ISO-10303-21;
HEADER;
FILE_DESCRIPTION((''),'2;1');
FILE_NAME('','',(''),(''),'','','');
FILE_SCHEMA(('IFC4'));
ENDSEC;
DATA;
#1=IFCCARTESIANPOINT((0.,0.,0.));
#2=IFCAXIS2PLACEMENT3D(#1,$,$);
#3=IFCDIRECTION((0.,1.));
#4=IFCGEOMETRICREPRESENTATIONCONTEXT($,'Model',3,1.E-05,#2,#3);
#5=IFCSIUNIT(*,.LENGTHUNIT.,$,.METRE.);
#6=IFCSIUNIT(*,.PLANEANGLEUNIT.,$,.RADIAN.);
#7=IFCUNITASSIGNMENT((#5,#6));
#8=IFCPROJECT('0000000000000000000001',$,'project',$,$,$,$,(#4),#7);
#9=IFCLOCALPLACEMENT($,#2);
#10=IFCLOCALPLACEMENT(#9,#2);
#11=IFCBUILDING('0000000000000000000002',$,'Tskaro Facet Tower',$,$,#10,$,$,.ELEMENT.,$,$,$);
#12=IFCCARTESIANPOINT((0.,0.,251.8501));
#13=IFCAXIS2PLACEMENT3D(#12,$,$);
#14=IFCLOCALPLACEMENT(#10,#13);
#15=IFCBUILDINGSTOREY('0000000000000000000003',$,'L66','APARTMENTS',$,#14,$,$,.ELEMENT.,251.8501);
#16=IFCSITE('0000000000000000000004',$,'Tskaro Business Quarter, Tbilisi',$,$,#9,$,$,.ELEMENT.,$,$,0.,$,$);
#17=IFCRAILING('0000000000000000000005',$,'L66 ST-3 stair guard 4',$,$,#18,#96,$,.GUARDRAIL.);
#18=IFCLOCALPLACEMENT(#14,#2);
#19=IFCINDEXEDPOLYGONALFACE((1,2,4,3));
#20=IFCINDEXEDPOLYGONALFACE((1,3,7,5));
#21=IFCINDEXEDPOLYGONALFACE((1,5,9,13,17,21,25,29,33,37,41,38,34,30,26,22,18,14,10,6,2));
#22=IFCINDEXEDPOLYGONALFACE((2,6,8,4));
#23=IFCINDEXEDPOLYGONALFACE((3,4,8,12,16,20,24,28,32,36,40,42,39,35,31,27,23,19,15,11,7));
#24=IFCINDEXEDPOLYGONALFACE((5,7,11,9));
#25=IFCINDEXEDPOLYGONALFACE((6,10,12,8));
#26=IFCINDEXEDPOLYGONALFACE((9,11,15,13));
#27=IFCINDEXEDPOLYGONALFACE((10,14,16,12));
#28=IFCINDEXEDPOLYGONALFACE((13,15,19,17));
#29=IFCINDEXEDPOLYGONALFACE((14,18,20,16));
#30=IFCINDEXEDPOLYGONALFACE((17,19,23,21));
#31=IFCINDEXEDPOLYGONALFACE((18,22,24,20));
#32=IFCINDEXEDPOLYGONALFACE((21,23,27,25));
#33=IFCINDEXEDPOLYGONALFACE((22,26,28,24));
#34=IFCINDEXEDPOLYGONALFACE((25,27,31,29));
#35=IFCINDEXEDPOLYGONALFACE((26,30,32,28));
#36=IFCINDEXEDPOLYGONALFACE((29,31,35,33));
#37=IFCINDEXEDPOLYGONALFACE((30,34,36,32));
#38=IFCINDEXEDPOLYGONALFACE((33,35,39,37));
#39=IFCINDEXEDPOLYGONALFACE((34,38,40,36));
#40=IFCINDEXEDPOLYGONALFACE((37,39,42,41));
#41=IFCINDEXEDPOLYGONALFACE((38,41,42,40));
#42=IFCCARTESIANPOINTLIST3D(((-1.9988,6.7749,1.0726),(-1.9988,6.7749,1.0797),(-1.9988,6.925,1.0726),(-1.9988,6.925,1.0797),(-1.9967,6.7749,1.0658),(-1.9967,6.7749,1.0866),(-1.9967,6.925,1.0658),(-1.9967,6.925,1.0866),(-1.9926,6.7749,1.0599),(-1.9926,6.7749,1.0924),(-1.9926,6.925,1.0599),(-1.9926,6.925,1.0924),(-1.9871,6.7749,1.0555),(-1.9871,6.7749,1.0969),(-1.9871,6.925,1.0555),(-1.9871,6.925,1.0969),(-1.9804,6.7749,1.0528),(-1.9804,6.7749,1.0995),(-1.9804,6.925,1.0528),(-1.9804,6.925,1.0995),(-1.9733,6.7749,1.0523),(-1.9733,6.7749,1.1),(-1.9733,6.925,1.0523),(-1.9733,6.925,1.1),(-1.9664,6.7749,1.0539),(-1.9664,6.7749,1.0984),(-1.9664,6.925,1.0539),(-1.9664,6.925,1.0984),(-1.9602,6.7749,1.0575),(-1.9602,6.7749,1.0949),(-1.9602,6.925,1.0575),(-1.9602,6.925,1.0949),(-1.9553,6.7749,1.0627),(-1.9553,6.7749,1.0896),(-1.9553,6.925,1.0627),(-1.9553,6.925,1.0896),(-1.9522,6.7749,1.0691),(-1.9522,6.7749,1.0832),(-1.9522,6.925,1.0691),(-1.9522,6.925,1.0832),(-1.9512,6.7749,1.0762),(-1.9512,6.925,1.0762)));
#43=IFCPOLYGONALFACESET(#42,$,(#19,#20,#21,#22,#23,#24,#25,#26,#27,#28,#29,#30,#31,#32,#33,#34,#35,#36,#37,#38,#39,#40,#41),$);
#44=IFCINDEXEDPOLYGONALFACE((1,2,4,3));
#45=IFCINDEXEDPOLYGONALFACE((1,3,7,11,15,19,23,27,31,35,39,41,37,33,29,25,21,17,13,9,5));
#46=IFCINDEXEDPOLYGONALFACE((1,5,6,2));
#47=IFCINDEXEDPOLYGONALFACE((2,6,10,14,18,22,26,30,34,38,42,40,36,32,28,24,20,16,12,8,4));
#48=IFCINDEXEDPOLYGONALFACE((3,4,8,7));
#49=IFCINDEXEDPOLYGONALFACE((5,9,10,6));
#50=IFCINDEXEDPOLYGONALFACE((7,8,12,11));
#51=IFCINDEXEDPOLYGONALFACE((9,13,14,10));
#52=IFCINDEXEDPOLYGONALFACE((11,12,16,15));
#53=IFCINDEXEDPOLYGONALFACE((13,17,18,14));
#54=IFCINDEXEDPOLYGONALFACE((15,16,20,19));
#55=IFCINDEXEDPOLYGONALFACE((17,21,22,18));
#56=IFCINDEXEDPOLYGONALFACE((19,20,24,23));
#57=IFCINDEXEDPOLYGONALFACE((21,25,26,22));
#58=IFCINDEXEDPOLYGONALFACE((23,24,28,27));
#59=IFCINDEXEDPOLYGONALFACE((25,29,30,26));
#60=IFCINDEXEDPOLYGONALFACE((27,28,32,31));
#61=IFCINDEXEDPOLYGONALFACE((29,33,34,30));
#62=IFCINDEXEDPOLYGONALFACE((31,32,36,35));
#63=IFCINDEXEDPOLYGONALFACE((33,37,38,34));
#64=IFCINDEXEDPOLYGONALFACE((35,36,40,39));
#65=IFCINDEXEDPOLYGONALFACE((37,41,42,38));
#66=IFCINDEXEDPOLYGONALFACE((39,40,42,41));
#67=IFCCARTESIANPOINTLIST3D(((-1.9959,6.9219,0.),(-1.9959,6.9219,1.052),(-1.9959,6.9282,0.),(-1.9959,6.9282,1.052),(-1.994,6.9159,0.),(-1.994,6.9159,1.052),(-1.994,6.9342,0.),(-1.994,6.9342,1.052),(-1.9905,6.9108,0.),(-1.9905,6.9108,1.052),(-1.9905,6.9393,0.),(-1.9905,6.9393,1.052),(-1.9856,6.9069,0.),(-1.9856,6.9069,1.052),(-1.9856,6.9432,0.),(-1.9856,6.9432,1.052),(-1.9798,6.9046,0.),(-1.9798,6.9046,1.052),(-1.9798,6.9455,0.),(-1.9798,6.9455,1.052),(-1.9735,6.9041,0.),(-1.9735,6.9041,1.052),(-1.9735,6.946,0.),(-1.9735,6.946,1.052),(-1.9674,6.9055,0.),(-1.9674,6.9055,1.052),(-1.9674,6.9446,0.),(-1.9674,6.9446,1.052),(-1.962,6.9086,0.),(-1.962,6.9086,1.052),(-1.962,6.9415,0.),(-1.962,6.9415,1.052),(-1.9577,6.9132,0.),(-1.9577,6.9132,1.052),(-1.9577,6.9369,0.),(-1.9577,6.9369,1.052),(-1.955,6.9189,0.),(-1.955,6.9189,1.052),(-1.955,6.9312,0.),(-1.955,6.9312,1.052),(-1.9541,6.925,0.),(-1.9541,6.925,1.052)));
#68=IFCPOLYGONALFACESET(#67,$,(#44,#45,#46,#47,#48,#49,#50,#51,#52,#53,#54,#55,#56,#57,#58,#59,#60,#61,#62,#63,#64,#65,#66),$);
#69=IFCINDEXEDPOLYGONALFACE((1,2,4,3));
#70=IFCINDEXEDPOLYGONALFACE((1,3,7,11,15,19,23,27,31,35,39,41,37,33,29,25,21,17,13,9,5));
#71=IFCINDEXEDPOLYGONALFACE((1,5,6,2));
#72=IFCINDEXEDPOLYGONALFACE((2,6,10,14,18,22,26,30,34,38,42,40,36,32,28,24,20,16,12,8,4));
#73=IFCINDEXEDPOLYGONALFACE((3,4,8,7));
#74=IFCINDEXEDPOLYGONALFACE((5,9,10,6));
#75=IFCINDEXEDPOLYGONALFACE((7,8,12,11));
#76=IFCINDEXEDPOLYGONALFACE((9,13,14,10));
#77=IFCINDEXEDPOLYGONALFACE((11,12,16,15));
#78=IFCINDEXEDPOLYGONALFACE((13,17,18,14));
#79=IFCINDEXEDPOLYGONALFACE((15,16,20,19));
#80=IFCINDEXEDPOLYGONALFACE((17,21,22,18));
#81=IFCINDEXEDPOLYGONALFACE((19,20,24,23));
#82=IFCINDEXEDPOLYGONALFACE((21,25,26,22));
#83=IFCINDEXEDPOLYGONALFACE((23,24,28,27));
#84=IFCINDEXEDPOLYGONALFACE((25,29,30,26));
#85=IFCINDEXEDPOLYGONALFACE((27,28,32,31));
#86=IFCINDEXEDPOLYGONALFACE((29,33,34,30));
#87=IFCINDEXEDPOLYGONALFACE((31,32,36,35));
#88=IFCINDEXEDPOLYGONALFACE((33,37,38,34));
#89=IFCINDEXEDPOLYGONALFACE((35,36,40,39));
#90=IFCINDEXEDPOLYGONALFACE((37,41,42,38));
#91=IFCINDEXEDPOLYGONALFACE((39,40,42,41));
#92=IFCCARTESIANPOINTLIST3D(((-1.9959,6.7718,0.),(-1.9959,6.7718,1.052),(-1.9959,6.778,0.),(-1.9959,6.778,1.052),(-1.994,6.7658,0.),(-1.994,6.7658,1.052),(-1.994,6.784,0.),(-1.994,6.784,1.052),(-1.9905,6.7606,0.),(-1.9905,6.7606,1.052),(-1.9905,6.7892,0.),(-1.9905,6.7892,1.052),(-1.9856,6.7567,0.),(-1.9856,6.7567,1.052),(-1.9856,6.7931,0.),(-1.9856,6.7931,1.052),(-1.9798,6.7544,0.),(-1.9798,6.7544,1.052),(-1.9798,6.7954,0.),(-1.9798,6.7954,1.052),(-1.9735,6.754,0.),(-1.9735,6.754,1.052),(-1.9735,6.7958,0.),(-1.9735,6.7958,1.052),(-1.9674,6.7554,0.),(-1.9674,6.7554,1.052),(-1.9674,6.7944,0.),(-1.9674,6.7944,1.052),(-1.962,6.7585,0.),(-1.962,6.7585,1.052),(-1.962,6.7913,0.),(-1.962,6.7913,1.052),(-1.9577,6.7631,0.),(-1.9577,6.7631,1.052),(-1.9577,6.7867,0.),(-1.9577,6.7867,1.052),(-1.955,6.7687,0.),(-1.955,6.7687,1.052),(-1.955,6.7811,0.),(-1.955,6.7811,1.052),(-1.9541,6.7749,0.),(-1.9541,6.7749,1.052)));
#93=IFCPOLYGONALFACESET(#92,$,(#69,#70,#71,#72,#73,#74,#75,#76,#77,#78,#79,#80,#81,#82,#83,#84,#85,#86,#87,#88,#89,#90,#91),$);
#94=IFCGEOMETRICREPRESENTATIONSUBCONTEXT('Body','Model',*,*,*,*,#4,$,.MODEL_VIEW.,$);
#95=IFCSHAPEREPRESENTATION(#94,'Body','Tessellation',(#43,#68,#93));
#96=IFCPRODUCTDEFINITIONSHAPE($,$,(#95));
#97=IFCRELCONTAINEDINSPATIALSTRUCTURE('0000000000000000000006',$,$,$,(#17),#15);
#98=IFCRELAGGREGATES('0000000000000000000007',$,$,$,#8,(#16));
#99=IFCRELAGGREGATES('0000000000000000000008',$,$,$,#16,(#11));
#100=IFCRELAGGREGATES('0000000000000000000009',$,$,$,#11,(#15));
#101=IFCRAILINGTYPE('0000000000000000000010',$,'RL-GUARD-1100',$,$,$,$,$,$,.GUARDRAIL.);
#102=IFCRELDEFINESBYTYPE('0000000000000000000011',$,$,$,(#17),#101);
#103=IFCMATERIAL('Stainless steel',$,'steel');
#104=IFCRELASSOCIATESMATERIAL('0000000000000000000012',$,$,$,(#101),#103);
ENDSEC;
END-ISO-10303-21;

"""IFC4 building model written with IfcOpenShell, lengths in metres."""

from ifc_helpers import new_model, si_unit, direction, frame, origin, origin_2d, place, context, subcontext, project, spatial, circle, extrude, material, type_object, element, save


model = new_model("IFC4")

# Units and contexts
model_context = context("Model", 3, precision=1e-05, world=origin(), true_north=direction((0.0, 1.0)))
body_context = subcontext(model_context, "Body", "Model", "MODEL_VIEW")
ifc_project = project(units=[si_unit("LENGTHUNIT", "METRE"), si_unit("PLANEANGLEUNIT", "RADIAN")], contexts=[model_context])

# Site, building, storey
site_placement = place(None, origin())
site = spatial("IfcSite", under=ifc_project, at=site_placement, Name="Tskaro Business Quarter, Tbilisi", CompositionType="ELEMENT", RefElevation=0.0)
building_placement = place(site_placement, origin())
building = spatial("IfcBuilding", under=site, at=building_placement, Name="Tskaro Facet Tower", CompositionType="ELEMENT")
storey_placement = place(building_placement, frame((0.0, 0.0, 251.8501)))
storey = spatial("IfcBuildingStorey", under=building, at=storey_placement, Name="L66", Description="APARTMENTS", CompositionType="ELEMENT", Elevation=251.8501)

# Railing
ifc_material_1 = material(Name="Stainless steel", Category="steel")
railing_type_1 = type_object("IfcRailingType", Name="RL-GUARD-1100", PredefinedType="GUARDRAIL", material=ifc_material_1)
railing_1_placement = place(storey_placement, frame((-1.9751, 6.925, 0.0)))
element("IfcRailing", 1, at=railing_1_placement, inside=storey, type_object=railing_type_1, Name="L66 ST-3 stair guard 4", PredefinedType="GUARDRAIL", context=body_context, shape_type="SweptSolid", body=[
    extrude(circle(Radius=0.0239, at=origin_2d()), frame((0.0, 0.0, 1.0762), z_axis=(0.0, -1.0, 0.0), x_axis=(1.0, 0.0, 0.0)), (0.0, 0.0, 1.0), 0.1501),
    extrude(circle(Radius=0.021, at=origin_2d()), origin(), (0.0, 0.0, 1.0), 1.052),
    extrude(circle(Radius=0.021, at=origin_2d()), frame((0.0, -0.1501, 0.0)), (0.0, 0.0, 1.0), 1.052),
])

save(model, "model.ifc")
